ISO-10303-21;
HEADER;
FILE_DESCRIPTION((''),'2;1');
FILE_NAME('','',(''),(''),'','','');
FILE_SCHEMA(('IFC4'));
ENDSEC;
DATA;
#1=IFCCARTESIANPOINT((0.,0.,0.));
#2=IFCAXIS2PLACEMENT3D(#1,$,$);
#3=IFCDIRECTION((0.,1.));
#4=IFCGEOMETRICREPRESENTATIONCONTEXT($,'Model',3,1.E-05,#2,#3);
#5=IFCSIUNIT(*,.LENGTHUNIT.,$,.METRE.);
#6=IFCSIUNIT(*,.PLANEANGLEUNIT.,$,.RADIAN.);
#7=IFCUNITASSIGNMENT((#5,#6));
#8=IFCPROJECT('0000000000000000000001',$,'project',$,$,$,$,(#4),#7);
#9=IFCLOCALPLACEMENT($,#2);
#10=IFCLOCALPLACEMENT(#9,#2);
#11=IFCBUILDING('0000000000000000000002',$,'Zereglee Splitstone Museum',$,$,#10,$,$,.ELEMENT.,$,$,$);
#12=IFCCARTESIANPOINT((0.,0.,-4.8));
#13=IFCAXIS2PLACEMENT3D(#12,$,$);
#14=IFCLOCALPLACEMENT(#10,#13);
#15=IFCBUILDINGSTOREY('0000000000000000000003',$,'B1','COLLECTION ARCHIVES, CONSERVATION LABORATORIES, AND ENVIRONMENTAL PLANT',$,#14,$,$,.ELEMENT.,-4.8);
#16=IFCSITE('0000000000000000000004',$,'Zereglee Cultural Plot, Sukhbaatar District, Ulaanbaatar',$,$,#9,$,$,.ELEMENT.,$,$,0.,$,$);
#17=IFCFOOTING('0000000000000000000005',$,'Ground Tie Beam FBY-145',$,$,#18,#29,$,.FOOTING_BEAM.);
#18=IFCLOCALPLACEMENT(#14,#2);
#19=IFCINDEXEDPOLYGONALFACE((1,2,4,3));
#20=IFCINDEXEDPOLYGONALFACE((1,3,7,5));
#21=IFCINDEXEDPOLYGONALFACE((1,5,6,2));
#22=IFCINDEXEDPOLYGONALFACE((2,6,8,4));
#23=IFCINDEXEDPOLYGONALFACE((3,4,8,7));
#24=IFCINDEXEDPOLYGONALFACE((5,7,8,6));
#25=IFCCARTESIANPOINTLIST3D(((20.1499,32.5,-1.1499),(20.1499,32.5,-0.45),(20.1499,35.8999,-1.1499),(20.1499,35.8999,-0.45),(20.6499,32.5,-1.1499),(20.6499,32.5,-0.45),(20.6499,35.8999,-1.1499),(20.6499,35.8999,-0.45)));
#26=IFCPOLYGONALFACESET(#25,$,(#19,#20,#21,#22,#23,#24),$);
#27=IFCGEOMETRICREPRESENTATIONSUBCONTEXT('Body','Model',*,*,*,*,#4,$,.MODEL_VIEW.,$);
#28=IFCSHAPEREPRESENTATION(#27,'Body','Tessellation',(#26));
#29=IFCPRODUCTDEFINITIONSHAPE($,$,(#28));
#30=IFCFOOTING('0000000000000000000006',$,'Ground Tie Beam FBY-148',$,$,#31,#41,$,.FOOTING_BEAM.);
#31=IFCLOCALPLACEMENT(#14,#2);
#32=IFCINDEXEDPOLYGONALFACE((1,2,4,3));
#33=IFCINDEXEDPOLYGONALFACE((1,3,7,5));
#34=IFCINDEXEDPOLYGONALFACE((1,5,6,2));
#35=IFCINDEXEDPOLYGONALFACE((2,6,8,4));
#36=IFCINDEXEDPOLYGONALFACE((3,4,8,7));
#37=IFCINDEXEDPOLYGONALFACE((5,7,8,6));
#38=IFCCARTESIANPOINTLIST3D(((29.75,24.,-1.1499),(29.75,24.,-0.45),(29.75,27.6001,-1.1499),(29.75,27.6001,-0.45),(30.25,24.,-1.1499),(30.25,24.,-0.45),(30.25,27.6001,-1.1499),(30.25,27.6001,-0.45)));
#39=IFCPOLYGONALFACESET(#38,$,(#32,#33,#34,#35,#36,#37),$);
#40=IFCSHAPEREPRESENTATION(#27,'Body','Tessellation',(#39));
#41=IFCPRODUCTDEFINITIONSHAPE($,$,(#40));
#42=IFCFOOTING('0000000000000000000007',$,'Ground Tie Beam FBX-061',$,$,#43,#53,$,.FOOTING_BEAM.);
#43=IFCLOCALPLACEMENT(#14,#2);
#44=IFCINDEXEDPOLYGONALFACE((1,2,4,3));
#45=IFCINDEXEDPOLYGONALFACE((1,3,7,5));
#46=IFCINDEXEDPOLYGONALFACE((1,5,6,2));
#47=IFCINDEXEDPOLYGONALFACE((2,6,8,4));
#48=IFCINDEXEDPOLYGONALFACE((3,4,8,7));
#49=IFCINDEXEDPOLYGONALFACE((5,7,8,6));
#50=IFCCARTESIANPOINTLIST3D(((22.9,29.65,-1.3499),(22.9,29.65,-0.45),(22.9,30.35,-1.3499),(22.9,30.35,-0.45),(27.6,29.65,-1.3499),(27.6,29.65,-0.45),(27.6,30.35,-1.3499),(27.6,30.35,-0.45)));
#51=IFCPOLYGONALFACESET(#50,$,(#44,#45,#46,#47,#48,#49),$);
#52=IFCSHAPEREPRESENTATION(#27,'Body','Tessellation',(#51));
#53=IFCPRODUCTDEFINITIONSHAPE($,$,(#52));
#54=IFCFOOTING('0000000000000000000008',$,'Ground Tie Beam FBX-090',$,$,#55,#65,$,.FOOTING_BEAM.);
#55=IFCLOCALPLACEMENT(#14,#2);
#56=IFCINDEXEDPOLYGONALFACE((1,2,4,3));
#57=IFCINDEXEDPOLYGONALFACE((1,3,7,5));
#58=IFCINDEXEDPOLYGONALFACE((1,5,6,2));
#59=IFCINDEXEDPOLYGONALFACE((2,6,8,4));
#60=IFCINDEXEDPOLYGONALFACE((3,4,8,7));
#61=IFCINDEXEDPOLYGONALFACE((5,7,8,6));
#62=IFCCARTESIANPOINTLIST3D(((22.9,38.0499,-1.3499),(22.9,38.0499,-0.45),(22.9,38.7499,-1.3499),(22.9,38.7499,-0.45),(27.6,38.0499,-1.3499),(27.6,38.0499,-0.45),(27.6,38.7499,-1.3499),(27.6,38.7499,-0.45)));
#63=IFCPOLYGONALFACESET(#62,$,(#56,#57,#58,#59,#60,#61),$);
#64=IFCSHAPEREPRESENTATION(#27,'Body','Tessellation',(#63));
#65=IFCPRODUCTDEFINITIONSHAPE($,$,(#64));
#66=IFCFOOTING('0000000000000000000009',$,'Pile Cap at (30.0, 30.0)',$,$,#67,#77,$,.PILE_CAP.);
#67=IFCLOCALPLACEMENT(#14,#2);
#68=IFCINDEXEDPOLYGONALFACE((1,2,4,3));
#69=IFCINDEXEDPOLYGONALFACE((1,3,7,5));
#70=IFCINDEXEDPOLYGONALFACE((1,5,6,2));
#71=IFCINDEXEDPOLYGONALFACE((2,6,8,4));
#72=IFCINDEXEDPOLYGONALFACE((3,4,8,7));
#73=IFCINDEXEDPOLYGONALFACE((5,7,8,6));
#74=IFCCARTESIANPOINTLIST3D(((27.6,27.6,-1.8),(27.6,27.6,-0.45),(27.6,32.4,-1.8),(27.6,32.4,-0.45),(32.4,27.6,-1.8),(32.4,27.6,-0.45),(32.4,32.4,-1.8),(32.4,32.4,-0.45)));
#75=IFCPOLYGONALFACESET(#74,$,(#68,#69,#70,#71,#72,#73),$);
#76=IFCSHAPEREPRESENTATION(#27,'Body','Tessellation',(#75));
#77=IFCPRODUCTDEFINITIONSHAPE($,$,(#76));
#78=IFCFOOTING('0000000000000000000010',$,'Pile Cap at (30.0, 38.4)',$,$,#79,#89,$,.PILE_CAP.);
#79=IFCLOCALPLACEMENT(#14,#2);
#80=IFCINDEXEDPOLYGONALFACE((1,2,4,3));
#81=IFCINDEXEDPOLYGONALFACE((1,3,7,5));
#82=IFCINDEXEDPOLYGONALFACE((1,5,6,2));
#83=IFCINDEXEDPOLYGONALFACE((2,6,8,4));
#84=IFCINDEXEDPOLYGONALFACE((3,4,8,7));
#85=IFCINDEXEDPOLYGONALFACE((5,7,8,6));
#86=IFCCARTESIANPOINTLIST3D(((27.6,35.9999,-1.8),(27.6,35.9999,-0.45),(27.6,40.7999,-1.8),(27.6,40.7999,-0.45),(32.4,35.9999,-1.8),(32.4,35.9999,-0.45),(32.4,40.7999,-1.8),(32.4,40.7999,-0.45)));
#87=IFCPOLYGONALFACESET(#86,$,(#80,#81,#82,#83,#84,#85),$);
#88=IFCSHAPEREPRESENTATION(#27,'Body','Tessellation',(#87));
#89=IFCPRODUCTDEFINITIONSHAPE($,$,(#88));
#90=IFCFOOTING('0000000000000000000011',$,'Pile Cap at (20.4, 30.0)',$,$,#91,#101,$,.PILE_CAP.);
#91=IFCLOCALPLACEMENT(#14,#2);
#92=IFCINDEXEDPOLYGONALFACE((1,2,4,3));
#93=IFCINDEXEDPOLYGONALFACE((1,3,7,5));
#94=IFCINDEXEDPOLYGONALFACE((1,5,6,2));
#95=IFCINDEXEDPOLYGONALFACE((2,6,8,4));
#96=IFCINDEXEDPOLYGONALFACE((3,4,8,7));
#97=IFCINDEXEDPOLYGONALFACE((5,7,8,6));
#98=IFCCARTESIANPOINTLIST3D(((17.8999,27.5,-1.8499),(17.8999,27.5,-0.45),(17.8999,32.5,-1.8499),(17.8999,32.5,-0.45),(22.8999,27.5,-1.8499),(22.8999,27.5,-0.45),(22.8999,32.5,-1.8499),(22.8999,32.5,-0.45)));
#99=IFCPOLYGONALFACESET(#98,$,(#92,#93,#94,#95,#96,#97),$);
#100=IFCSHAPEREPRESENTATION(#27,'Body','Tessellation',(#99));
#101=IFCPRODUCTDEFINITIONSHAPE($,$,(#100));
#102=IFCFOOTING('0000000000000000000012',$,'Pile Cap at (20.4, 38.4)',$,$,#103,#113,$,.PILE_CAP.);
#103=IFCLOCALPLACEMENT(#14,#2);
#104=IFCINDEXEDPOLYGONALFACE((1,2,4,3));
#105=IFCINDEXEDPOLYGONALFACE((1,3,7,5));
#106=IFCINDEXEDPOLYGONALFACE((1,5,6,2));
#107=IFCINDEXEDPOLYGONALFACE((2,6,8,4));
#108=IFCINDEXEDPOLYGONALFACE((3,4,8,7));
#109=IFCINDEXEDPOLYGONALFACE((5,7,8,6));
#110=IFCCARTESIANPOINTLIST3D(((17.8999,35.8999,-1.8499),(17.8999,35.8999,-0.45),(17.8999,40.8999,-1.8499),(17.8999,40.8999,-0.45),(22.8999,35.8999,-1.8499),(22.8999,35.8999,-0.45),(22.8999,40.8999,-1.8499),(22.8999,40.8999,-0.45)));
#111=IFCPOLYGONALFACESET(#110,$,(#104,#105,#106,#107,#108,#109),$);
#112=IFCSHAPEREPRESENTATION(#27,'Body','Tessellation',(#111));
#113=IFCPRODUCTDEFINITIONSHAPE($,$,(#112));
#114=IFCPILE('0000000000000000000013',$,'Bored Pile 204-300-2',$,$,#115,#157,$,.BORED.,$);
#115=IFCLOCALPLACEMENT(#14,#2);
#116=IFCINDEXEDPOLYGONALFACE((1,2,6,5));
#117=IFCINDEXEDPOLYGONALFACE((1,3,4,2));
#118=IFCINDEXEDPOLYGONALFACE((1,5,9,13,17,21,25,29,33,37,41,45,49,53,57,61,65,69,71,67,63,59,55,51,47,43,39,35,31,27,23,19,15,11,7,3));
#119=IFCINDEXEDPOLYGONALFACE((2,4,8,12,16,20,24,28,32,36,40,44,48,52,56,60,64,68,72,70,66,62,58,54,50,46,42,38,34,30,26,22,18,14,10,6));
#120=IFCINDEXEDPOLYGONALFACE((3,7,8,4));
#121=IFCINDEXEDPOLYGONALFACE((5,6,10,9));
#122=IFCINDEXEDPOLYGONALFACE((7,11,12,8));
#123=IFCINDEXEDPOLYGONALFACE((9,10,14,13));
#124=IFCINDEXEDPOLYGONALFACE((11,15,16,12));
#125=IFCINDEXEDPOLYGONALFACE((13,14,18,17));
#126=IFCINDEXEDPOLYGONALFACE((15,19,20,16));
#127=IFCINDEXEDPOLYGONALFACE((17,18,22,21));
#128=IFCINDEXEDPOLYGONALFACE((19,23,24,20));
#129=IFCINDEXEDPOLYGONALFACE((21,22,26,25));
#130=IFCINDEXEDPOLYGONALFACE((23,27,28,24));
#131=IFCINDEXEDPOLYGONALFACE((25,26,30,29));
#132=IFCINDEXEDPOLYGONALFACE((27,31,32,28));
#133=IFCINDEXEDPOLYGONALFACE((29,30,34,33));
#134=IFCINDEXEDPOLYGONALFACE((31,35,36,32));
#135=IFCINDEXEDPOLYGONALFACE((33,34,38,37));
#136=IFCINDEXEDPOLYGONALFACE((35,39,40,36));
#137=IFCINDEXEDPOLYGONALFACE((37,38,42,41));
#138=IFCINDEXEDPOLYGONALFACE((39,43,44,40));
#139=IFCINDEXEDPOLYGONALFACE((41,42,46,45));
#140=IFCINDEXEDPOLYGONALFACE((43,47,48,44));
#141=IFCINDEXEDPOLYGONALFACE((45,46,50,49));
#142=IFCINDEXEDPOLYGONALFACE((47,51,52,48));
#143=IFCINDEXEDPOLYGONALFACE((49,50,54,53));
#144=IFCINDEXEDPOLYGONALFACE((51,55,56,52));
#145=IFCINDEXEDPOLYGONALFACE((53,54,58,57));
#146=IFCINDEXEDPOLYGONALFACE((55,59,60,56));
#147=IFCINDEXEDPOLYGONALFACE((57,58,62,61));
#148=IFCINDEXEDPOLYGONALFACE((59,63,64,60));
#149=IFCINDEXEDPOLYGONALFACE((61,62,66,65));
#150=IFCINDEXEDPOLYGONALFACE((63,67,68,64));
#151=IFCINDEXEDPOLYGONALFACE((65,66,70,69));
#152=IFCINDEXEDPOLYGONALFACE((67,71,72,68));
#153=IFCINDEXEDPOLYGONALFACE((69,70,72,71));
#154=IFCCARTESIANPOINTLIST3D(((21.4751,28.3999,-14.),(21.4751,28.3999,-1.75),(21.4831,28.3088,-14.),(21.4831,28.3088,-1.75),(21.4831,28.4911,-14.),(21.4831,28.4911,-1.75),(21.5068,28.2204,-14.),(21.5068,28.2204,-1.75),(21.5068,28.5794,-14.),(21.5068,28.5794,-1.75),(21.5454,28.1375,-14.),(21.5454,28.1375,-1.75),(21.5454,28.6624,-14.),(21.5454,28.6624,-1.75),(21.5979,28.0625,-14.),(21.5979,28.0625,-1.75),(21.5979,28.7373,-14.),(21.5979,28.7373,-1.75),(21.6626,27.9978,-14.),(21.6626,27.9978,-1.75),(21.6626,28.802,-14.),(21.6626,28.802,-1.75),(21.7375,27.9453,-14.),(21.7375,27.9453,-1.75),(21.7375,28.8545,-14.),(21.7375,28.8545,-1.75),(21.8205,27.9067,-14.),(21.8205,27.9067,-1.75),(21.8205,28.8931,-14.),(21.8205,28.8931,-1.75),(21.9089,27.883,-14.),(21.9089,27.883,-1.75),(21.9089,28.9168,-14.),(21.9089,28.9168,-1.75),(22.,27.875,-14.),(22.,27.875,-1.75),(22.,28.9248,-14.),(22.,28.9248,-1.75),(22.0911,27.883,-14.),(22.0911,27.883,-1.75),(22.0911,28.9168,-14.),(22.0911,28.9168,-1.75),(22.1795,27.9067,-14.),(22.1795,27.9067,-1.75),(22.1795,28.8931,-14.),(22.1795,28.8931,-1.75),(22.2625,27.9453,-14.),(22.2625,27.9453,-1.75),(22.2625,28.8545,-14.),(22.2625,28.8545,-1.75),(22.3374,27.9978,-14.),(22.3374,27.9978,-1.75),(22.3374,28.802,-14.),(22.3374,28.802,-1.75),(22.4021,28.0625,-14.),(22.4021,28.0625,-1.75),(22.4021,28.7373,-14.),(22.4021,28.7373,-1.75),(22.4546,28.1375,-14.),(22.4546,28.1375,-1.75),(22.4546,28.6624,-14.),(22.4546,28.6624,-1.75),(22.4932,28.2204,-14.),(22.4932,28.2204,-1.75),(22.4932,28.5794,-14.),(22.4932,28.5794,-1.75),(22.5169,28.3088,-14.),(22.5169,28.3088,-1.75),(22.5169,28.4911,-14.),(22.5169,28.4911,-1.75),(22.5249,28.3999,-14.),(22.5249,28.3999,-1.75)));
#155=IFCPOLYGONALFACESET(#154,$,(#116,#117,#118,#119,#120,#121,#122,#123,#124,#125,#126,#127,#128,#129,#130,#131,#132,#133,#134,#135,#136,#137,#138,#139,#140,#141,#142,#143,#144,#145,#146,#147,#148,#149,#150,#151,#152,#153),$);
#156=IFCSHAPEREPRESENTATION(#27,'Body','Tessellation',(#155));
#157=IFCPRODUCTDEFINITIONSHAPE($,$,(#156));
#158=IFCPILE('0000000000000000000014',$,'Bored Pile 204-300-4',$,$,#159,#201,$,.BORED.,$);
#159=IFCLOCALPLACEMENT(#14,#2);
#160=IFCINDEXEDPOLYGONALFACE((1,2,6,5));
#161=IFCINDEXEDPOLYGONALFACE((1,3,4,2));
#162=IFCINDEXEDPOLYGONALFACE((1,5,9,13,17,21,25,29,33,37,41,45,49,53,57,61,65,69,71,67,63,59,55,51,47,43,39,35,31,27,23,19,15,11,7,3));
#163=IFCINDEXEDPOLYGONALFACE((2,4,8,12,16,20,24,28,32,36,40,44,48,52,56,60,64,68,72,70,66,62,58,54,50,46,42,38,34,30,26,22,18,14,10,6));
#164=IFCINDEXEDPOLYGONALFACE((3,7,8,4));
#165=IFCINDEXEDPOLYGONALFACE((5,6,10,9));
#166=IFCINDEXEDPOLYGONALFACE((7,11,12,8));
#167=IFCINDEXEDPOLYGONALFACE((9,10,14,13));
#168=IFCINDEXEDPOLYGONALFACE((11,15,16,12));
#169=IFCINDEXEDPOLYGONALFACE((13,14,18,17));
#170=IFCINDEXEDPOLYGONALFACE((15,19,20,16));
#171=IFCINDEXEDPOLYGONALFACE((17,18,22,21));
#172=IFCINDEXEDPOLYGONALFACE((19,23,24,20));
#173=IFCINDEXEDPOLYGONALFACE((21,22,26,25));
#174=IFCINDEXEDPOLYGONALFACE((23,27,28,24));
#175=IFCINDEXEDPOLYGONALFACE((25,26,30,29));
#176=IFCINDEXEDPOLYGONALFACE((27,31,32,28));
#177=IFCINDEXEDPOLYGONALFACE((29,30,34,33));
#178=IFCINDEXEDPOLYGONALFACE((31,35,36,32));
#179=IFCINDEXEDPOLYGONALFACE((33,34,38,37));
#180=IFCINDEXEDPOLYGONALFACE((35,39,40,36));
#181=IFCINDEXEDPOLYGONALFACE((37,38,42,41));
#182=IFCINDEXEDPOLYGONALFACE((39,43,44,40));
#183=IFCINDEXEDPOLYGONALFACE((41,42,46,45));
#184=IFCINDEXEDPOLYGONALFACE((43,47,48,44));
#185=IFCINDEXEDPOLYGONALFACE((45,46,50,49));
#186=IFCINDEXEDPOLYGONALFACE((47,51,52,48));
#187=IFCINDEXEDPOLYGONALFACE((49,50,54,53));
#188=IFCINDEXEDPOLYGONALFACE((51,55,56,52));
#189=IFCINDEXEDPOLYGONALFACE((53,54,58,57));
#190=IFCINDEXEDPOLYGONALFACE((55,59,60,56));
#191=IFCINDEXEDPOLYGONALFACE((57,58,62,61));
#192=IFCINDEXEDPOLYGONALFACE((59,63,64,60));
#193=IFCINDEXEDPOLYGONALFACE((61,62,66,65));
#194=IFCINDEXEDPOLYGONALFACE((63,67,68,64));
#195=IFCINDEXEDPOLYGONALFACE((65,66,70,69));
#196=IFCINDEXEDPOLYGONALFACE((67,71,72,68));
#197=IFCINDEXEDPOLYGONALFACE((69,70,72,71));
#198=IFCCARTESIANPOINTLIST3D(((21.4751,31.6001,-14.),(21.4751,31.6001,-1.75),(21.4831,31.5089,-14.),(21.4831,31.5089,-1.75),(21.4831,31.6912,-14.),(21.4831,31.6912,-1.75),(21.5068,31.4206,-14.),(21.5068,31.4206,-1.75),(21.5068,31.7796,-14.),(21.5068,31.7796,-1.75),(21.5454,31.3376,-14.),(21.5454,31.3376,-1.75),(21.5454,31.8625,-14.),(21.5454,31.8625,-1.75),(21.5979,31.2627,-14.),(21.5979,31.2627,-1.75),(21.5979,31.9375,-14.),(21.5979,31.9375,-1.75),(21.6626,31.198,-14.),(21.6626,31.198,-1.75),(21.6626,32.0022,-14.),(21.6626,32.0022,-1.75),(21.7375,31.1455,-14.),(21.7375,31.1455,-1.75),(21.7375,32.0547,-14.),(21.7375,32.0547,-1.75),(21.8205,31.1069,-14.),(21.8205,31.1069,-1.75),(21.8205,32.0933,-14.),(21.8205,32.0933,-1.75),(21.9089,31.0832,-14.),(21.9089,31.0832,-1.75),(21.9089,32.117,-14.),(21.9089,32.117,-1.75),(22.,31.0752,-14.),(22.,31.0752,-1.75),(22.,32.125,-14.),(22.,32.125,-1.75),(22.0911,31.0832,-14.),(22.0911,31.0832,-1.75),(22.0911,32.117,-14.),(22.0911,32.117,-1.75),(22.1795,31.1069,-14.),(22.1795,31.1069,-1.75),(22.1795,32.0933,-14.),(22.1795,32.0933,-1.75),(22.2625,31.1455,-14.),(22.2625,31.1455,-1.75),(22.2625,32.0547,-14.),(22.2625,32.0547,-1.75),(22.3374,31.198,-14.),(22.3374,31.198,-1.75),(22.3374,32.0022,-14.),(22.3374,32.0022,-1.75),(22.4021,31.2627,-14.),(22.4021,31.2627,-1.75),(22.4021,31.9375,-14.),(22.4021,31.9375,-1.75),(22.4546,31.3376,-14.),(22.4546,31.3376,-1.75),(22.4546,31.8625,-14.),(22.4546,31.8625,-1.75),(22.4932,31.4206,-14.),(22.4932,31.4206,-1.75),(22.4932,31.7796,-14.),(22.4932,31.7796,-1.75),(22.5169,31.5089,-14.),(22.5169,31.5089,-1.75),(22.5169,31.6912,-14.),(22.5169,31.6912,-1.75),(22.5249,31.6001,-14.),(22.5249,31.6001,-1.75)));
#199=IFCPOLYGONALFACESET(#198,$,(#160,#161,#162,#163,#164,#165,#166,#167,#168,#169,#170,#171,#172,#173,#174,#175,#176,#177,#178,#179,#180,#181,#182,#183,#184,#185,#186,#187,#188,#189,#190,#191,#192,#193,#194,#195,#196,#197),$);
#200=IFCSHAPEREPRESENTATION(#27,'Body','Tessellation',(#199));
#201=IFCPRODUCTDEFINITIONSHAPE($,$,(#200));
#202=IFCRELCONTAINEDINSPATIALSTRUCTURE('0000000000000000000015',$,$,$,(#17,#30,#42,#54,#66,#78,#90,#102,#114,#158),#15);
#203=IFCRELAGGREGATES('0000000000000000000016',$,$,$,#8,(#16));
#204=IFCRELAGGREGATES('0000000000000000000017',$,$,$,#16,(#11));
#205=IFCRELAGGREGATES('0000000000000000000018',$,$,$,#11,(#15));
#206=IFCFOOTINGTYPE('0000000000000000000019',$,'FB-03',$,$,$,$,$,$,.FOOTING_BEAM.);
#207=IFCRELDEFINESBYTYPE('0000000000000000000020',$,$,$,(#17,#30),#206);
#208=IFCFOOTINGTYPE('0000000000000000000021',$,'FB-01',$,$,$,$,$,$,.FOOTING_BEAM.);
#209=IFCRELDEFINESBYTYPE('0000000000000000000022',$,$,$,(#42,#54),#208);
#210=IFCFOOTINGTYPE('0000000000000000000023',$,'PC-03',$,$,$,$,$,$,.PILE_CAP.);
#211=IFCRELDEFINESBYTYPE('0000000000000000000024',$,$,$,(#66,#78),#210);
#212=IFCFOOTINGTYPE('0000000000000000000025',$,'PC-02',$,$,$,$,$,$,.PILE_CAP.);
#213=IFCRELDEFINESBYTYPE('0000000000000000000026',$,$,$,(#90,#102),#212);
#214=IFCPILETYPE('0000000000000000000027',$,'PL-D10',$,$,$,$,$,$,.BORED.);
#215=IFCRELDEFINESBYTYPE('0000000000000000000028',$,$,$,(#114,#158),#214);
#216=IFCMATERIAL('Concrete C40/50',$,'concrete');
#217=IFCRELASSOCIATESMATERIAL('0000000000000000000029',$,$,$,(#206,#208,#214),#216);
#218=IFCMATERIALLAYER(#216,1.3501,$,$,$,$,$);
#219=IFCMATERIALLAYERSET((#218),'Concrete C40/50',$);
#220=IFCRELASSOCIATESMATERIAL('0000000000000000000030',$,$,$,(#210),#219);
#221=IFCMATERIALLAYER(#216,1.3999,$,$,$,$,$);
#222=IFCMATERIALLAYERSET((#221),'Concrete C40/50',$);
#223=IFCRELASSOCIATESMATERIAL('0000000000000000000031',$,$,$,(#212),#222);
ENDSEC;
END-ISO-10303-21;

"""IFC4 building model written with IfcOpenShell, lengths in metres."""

from ifc_helpers import new_model, si_unit, direction, frame, origin, origin_2d, place, context, subcontext, project, spatial, rectangle, circle, extrude, material, layer, layer_set, material_profile, profile_set, type_object, element, save


model = new_model("IFC4")

# Units and contexts
model_context = context("Model", 3, precision=1e-05, world=origin(), true_north=direction((0.0, 1.0)))
body_context = subcontext(model_context, "Body", "Model", "MODEL_VIEW")
ifc_project = project(units=[si_unit("LENGTHUNIT", "METRE"), si_unit("PLANEANGLEUNIT", "RADIAN")], contexts=[model_context])

# Site, building, storey
site_placement = place(None, origin())
site = spatial("IfcSite", under=ifc_project, at=site_placement, Name="Zereglee Cultural Plot, Sukhbaatar District, Ulaanbaatar", CompositionType="ELEMENT", RefElevation=0.0)
building_placement = place(site_placement, origin())
building = spatial("IfcBuilding", under=site, at=building_placement, Name="Zereglee Splitstone Museum", CompositionType="ELEMENT")
storey_placement = place(building_placement, frame((0.0, 0.0, -4.8)))
storey = spatial("IfcBuildingStorey", under=building, at=storey_placement, Name="B1", Description="COLLECTION ARCHIVES, CONSERVATION LABORATORIES, AND ENVIRONMENTAL PLANT", CompositionType="ELEMENT", Elevation=-4.8)

# Footings
ifc_material_1 = material(Name="Concrete C40/50", Category="concrete")
footing_type_1 = type_object("IfcFootingType", Name="FB-03", PredefinedType="FOOTING_BEAM", material=ifc_material_1)
footing_1_placement = place(storey_placement, frame((20.3999, 34.2, -1.1499), z_axis=(0.0, 0.0, 1.0), x_axis=(0.0, 1.0, 0.0)))
element("IfcFooting", 1, at=footing_1_placement, inside=storey, type_object=footing_type_1, Name="Ground Tie Beam FBY-145", PredefinedType="FOOTING_BEAM", context=body_context, shape_type="SweptSolid", body=[
    extrude(rectangle(XDim=3.3999, YDim=0.5, at=origin_2d()), origin(), (0.0, 0.0, 1.0), 0.7),
])
footing_2_placement = place(storey_placement, frame((30.0, 25.8, -1.1499), z_axis=(0.0, 0.0, 1.0), x_axis=(0.0, 1.0, 0.0)))
element("IfcFooting", 2, at=footing_2_placement, inside=storey, type_object=footing_type_1, Name="Ground Tie Beam FBY-148", PredefinedType="FOOTING_BEAM", context=body_context, shape_type="SweptSolid", body=[
    extrude(rectangle(XDim=3.6001, YDim=0.5, at=origin_2d()), origin(), (0.0, 0.0, 1.0), 0.7),
])
footing_type_2 = type_object("IfcFootingType", Name="FB-01", PredefinedType="FOOTING_BEAM", material=ifc_material_1)
for number, where, z_axis, x_axis, name in (
    (3, (25.25, 30.0, -1.3499), (0.0, 0.0, 1.0), (1.0, 0.0, 0.0), "Ground Tie Beam FBX-061"),
    (4, (25.25, 38.3999, -1.3499), (0.0, 0.0, 1.0), (1.0, 0.0, 0.0), "Ground Tie Beam FBX-090"),
):
    element("IfcFooting", number, at=place(storey_placement, frame(where, z_axis=z_axis, x_axis=x_axis)), inside=storey, type_object=footing_type_2, Name=name, PredefinedType="FOOTING_BEAM", context=body_context, shape_type="SweptSolid", body=[
        extrude(rectangle(XDim=4.7, YDim=0.7, at=origin_2d()), origin(), (0.0, 0.0, 1.0), 0.8999),
    ])
ifc_layer_1 = layer(ifc_material_1, 1.3501)
ifc_layer_set_1 = layer_set([ifc_layer_1], Name="Concrete C40/50")
footing_type_3 = type_object("IfcFootingType", Name="PC-03", PredefinedType="PILE_CAP", material=ifc_layer_set_1)
for number, where, z_axis, x_axis, name in (
    (5, (30.0, 30.0, -1.8), (0.0, 0.0, 1.0), (1.0, 0.0, 0.0), "Pile Cap at (30.0, 30.0)"),
    (6, (30.0, 38.3999, -1.8), (0.0, 0.0, 1.0), (1.0, 0.0, 0.0), "Pile Cap at (30.0, 38.4)"),
):
    element("IfcFooting", number, at=place(storey_placement, frame(where, z_axis=z_axis, x_axis=x_axis)), inside=storey, type_object=footing_type_3, Name=name, PredefinedType="PILE_CAP", context=body_context, shape_type="SweptSolid", body=[
        extrude(rectangle(XDim=4.8, YDim=4.8, at=origin_2d()), origin(), (0.0, 0.0, 1.0), 1.3501),
    ])
ifc_layer_2 = layer(ifc_material_1, 1.3999)
ifc_layer_set_2 = layer_set([ifc_layer_2], Name="Concrete C40/50")
footing_type_4 = type_object("IfcFootingType", Name="PC-02", PredefinedType="PILE_CAP", material=ifc_layer_set_2)
for number, where, z_axis, x_axis, name in (
    (7, (20.3999, 30.0, -1.8499), (0.0, 0.0, 1.0), (1.0, 0.0, 0.0), "Pile Cap at (20.4, 30.0)"),
    (8, (20.3999, 38.3999, -1.8499), (0.0, 0.0, 1.0), (1.0, 0.0, 0.0), "Pile Cap at (20.4, 38.4)"),
):
    element("IfcFooting", number, at=place(storey_placement, frame(where, z_axis=z_axis, x_axis=x_axis)), inside=storey, type_object=footing_type_4, Name=name, PredefinedType="PILE_CAP", context=body_context, shape_type="SweptSolid", body=[
        extrude(rectangle(XDim=5.0, YDim=5.0, at=origin_2d()), origin(), (0.0, 0.0, 1.0), 1.3999),
    ])

# Piles
ifc_material_profile_1 = material_profile(ifc_material_1, circle(Radius=0.5249, at=origin_2d()), Name="PILE D1050")
ifc_profile_set_1 = profile_set([ifc_material_profile_1], Name="Concrete C40/50")
pile_type = type_object("IfcPileType", Name="PL-D10", PredefinedType="BORED", material=ifc_profile_set_1)
for number, where, z_axis, x_axis, name in (
    (9, (22.0, 28.3999, -1.75), (0.0, 0.0, -1.0), (1.0, 0.0, 0.0), "Bored Pile 204-300-2"),
    (10, (22.0, 31.6001, -1.75), (0.0, 0.0, -1.0), (1.0, 0.0, 0.0), "Bored Pile 204-300-4"),
):
    element("IfcPile", number, at=place(storey_placement, frame(where, z_axis=z_axis, x_axis=x_axis)), inside=storey, type_object=pile_type, Name=name, PredefinedType="BORED", context=body_context, shape_type="SweptSolid", body=[
        extrude(circle(Radius=0.5249, at=origin_2d()), origin(), (0.0, 0.0, 1.0), 12.25),
    ])

save(model, "model.ifc")
